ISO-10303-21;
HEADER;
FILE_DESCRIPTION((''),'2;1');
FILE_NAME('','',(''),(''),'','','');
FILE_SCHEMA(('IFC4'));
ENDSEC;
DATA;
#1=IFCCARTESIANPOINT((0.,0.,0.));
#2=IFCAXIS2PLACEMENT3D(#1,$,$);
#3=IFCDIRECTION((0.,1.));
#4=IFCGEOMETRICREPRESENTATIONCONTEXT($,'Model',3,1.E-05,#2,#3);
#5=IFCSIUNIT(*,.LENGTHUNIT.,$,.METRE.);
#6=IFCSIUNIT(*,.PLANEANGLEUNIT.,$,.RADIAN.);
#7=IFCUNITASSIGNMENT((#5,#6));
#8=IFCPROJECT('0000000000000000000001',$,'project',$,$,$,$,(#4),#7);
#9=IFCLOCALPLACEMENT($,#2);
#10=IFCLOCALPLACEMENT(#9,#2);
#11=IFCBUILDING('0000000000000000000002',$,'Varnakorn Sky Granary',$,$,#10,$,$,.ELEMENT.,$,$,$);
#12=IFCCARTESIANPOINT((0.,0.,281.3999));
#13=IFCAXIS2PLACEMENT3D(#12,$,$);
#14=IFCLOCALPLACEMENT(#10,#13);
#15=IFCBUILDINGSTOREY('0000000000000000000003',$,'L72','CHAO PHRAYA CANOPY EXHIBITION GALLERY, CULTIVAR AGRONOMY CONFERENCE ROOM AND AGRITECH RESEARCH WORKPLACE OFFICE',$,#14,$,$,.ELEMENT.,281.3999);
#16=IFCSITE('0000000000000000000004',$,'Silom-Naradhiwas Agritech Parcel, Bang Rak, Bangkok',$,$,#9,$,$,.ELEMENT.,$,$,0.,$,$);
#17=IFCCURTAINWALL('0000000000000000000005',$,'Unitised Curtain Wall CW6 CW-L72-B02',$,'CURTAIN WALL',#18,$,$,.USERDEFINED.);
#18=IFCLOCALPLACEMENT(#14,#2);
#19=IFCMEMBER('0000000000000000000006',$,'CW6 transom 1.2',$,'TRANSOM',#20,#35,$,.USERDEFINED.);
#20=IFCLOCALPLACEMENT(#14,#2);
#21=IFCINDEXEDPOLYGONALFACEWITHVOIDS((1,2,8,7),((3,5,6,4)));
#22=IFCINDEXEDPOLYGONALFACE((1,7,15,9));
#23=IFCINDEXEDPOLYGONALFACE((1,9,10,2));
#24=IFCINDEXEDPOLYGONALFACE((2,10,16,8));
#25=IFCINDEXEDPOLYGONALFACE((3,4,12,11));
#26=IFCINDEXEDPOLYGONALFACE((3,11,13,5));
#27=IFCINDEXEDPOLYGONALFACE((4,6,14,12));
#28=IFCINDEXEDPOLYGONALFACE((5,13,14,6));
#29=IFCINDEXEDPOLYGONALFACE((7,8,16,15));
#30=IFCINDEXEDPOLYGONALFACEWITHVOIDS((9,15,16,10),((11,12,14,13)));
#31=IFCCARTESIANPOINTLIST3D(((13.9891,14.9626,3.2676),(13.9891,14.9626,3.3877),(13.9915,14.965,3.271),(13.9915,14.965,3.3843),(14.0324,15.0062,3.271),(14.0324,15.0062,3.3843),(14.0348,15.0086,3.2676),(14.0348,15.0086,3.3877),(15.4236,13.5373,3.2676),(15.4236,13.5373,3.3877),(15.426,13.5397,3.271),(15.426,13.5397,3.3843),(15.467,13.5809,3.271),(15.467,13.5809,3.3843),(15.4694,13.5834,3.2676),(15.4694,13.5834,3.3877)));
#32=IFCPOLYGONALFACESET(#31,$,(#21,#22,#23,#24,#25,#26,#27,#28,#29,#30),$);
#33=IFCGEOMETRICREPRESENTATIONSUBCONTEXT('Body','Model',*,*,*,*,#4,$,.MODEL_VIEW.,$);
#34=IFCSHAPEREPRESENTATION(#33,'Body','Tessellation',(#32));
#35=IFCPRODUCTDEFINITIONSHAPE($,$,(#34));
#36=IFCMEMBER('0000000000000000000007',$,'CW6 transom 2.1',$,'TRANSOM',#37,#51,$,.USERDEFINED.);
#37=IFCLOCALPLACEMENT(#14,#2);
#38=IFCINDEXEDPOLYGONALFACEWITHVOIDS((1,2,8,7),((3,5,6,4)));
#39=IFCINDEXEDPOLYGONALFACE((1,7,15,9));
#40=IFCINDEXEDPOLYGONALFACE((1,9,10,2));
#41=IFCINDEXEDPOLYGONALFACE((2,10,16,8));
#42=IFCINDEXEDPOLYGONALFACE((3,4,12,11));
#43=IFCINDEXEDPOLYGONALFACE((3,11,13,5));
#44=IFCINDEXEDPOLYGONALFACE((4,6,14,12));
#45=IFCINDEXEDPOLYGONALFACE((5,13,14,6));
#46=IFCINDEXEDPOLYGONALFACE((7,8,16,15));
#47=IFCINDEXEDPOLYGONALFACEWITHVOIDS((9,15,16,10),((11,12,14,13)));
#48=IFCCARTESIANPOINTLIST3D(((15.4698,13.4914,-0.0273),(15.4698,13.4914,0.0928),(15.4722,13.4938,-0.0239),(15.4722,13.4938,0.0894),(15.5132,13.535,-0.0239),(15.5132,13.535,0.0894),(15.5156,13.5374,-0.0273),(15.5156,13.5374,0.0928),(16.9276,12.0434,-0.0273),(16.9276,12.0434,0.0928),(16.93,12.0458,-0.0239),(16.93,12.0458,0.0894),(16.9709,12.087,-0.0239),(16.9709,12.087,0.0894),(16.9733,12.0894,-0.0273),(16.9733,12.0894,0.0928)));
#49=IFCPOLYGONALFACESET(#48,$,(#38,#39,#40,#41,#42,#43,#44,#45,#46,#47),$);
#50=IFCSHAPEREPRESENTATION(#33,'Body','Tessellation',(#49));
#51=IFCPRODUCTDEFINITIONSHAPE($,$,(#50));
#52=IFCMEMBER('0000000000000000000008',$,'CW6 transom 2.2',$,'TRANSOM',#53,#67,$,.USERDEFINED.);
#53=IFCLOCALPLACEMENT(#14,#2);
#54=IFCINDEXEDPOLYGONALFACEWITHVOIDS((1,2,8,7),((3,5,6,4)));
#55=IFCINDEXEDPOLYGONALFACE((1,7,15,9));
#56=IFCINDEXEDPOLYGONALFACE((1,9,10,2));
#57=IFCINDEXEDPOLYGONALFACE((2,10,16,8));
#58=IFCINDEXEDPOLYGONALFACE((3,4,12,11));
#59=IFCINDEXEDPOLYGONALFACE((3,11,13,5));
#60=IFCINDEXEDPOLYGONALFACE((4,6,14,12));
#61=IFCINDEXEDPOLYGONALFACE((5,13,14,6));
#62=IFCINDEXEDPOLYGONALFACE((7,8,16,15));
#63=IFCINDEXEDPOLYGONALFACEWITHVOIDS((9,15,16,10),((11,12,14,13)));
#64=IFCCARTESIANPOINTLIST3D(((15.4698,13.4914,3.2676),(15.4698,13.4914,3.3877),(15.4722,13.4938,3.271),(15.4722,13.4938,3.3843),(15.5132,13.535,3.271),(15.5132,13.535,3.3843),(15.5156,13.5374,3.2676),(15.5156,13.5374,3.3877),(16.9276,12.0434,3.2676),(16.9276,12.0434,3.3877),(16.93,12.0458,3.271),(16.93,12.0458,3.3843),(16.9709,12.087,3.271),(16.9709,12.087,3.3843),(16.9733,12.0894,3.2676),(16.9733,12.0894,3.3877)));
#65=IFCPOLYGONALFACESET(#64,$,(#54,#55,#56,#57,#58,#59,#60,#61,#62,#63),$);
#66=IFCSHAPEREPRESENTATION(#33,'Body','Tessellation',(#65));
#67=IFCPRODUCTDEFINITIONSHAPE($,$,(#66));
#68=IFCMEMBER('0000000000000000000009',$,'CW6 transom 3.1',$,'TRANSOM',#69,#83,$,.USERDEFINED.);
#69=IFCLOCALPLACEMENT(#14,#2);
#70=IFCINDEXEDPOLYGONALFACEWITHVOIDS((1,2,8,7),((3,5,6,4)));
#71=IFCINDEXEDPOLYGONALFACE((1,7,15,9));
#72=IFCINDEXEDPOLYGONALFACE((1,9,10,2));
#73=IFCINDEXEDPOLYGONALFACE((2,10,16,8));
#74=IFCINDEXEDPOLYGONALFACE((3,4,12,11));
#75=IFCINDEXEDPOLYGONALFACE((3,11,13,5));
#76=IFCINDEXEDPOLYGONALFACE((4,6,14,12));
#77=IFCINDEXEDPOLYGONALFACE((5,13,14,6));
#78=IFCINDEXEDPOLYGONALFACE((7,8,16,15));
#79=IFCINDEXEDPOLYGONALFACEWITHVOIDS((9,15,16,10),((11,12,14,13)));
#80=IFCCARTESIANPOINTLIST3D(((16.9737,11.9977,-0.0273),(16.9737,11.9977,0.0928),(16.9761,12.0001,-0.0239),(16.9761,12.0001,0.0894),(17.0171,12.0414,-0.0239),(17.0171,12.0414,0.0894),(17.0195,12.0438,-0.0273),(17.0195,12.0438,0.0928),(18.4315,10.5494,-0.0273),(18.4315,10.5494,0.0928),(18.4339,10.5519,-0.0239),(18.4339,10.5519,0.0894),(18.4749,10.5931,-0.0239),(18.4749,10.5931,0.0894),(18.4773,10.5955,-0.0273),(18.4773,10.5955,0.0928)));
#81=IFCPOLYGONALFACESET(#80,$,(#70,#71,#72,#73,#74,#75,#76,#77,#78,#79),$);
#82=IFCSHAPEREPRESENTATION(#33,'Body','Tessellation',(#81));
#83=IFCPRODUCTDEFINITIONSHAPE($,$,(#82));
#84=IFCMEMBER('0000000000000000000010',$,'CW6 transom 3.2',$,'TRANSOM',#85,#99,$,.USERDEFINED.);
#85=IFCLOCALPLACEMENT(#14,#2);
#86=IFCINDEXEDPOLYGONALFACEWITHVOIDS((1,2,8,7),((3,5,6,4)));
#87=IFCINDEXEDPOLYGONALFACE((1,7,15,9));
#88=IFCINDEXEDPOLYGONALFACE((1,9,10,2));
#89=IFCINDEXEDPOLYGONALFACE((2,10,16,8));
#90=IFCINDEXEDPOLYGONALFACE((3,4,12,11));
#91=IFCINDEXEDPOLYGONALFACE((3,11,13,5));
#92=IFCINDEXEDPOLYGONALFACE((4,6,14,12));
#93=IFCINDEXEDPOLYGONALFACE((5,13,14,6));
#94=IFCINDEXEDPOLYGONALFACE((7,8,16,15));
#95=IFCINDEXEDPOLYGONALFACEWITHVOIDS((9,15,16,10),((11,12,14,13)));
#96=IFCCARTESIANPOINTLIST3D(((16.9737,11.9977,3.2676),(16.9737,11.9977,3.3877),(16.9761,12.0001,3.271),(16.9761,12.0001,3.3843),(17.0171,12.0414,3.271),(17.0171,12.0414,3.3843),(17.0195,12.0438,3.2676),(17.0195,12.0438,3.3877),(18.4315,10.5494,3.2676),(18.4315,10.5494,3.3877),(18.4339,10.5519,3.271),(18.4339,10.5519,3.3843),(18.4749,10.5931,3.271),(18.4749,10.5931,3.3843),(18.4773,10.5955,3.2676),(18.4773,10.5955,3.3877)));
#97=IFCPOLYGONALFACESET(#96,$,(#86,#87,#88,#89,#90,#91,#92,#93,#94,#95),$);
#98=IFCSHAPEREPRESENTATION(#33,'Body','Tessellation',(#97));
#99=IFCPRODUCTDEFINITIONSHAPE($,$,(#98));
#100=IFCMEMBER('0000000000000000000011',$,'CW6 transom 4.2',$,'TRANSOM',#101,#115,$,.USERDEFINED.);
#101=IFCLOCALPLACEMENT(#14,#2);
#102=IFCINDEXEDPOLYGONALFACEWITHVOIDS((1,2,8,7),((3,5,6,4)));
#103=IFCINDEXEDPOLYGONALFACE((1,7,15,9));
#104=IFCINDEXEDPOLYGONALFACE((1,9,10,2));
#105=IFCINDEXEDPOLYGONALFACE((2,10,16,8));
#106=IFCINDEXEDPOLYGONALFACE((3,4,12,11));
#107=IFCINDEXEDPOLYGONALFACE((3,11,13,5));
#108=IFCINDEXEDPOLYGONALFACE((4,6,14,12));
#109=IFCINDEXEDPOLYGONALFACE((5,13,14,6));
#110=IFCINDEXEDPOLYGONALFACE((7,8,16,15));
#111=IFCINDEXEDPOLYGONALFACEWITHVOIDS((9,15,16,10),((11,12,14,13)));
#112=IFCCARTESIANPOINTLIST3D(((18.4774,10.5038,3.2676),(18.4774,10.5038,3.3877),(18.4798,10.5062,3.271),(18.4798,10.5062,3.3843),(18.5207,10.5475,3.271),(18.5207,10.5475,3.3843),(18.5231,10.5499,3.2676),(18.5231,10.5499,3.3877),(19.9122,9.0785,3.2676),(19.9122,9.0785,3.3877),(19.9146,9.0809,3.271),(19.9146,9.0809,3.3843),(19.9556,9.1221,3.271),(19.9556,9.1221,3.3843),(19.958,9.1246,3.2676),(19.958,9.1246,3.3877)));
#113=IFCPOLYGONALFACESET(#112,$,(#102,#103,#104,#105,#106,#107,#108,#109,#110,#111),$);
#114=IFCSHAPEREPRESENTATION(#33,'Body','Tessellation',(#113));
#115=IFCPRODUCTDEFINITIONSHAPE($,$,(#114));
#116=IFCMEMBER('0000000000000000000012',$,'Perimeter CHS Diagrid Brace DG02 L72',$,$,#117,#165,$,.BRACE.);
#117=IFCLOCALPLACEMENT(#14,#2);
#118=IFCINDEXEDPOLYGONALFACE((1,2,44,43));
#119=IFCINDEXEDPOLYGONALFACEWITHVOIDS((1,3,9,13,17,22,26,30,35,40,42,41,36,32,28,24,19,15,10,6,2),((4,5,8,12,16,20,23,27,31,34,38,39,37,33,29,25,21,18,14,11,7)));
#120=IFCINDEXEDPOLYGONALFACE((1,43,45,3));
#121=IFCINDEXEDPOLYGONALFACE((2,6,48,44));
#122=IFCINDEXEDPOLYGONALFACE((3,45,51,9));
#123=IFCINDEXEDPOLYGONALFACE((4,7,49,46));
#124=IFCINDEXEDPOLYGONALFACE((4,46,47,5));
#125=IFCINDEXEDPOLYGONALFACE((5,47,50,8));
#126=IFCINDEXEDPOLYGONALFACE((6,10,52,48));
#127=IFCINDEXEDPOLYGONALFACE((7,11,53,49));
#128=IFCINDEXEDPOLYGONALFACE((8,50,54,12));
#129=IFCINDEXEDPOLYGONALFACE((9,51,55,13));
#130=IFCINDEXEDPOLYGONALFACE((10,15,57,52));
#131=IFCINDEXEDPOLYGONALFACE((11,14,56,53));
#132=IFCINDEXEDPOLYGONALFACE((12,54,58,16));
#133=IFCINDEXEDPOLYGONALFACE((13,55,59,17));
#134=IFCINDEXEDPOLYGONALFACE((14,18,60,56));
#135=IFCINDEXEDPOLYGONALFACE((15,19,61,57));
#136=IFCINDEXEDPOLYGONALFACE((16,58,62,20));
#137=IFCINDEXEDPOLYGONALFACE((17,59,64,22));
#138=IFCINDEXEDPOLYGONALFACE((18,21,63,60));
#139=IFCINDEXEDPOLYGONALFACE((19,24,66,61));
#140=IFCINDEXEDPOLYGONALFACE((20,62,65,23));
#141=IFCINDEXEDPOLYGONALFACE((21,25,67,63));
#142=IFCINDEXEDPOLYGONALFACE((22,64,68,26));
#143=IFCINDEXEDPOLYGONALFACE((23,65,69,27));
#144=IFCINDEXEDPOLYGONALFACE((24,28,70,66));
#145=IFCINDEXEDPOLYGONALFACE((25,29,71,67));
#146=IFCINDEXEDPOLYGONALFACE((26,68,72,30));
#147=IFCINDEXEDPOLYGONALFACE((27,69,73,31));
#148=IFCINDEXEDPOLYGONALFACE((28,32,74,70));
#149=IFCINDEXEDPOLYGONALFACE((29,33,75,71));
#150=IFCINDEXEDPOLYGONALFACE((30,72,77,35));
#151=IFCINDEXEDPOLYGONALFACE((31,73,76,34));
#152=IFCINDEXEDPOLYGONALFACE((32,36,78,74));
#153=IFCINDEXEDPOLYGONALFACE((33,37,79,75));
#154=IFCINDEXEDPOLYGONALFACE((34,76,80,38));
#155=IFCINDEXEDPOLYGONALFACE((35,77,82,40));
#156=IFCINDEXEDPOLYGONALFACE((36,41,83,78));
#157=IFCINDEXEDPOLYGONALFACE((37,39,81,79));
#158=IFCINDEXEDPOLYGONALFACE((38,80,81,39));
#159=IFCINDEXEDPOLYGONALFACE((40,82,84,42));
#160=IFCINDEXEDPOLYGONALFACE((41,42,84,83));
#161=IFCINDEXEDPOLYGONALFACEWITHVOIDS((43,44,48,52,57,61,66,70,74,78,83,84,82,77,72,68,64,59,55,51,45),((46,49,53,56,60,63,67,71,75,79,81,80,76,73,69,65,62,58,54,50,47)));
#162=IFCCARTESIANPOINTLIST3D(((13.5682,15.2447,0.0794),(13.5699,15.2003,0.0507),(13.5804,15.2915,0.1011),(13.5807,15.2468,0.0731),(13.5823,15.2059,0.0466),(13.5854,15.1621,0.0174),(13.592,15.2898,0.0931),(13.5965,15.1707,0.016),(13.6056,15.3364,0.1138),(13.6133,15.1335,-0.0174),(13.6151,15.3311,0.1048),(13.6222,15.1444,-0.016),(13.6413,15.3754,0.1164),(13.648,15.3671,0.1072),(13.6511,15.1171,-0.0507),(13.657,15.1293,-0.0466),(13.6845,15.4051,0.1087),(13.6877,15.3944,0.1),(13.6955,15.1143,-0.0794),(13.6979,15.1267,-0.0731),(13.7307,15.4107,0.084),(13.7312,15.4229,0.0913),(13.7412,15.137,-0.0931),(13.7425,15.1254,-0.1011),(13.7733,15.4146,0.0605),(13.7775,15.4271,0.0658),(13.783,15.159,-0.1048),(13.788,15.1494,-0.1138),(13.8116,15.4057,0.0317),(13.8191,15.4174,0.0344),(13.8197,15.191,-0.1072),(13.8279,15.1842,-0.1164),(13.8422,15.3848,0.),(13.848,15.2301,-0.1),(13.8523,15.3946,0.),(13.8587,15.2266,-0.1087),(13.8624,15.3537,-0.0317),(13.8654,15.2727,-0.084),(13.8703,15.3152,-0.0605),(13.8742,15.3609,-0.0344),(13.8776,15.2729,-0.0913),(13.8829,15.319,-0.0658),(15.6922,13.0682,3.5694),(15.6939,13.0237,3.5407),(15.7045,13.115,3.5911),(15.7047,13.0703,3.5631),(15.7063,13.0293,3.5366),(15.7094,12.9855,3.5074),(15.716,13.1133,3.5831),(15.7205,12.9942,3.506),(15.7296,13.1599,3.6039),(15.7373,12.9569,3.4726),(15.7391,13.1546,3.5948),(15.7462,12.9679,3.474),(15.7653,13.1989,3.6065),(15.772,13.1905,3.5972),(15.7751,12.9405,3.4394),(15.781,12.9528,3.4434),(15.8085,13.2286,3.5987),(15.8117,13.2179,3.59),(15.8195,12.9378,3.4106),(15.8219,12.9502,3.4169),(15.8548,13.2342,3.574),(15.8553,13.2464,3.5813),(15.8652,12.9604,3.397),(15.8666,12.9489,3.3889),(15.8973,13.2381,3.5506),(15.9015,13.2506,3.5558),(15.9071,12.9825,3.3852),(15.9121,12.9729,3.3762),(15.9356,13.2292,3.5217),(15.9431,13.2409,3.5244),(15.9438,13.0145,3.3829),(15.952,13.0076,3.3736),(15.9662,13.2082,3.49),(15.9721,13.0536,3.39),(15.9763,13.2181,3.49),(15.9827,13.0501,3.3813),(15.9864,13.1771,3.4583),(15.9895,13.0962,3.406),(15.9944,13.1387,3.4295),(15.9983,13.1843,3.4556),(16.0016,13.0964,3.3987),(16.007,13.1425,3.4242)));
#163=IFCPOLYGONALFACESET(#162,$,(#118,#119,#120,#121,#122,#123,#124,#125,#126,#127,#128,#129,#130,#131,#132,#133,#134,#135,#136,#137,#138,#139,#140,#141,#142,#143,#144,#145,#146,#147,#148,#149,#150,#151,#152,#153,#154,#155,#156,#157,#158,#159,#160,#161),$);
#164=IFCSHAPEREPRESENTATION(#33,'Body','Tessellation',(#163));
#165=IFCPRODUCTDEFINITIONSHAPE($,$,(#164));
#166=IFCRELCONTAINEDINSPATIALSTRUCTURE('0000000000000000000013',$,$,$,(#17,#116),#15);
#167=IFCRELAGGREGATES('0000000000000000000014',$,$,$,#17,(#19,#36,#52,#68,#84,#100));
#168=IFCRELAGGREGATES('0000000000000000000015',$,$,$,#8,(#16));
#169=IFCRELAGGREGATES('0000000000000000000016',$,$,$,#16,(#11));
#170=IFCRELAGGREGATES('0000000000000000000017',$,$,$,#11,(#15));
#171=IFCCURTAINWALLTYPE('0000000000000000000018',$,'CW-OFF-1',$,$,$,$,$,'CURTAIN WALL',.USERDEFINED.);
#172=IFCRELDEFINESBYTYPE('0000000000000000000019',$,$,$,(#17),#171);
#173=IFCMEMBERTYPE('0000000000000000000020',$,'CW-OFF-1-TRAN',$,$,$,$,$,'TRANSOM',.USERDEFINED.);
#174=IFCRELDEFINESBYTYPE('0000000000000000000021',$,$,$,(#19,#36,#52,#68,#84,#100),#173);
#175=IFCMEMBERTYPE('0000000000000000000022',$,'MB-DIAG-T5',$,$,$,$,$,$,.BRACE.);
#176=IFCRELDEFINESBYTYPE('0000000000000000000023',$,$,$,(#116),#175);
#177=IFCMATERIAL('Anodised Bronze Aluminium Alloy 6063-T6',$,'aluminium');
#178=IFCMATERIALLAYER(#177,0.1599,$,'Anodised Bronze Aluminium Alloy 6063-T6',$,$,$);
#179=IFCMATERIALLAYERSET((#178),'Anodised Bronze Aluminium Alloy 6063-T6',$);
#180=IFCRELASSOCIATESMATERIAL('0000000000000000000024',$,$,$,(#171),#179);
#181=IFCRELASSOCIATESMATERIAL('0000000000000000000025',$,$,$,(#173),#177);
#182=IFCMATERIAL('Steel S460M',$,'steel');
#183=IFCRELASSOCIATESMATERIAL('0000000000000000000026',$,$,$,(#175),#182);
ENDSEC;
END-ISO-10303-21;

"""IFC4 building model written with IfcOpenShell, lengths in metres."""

from ifc_helpers import new_model, si_unit, direction, frame, origin, origin_2d, place, context, subcontext, project, spatial, hollow_rectangle, hollow_circle, extrude, material, layer, layer_set, material_profile, profile_set, type_object, element, aggregate, save


model = new_model("IFC4")

# Units and contexts
model_context = context("Model", 3, precision=1e-05, world=origin(), true_north=direction((0.0, 1.0)))
body_context = subcontext(model_context, "Body", "Model", "MODEL_VIEW")
ifc_project = project(units=[si_unit("LENGTHUNIT", "METRE"), si_unit("PLANEANGLEUNIT", "RADIAN")], contexts=[model_context])

# Site, building, storey
site_placement = place(None, origin())
site = spatial("IfcSite", under=ifc_project, at=site_placement, Name="Silom-Naradhiwas Agritech Parcel, Bang Rak, Bangkok", CompositionType="ELEMENT", RefElevation=0.0)
building_placement = place(site_placement, origin())
building = spatial("IfcBuilding", under=site, at=building_placement, Name="Varnakorn Sky Granary", CompositionType="ELEMENT")
storey_placement = place(building_placement, frame((0.0, 0.0, 281.3999)))
storey = spatial("IfcBuildingStorey", under=building, at=storey_placement, Name="L72", Description="CHAO PHRAYA CANOPY EXHIBITION GALLERY, CULTIVAR AGRONOMY CONFERENCE ROOM AND AGRITECH RESEARCH WORKPLACE OFFICE", CompositionType="ELEMENT", Elevation=281.3999)

# Shared definitions
ifc_material_1 = material(Name="Steel S460M", Category="steel")

# Curtain wall, members
ifc_material_2 = material(Name="Anodised Bronze Aluminium Alloy 6063-T6", Category="aluminium")
ifc_layer_1 = layer(ifc_material_2, 0.1599, Name="Anodised Bronze Aluminium Alloy 6063-T6")
ifc_layer_set_1 = layer_set([ifc_layer_1], Name="Anodised Bronze Aluminium Alloy 6063-T6")
curtain_wall_type = type_object("IfcCurtainWallType", Name="CW-OFF-1", ElementType="CURTAIN WALL", PredefinedType="USERDEFINED", material=ifc_layer_set_1)
curtain_wall_placement = place(storey_placement, origin())
curtain_wall = element("IfcCurtainWall", 1, at=curtain_wall_placement, inside=storey, type_object=curtain_wall_type, Name="Unitised Curtain Wall CW6 CW-L72-B02", ObjectType="CURTAIN WALL", PredefinedType="USERDEFINED")
ifc_material_profile_1 = material_profile(ifc_material_2, hollow_rectangle(XDim=0.0649, YDim=0.1201, WallThickness=0.0034, at=origin_2d()), Name="ALU TRAN 65x120")
ifc_profile_set_1 = profile_set([ifc_material_profile_1], Name="Anodised Bronze Aluminium Alloy 6063-T6")
member_type_1 = type_object("IfcMemberType", Name="CW-OFF-1-TRAN", ElementType="TRANSOM", PredefinedType="USERDEFINED", material=ifc_profile_set_1)
member_1_placement = place(storey_placement, frame((14.012, 14.9856, 3.3276), z_axis=(0.709397, -0.704809, 0.0), x_axis=(0.704809, 0.709397, 0.0)))
member_1 = element("IfcMember", 2, at=member_1_placement, type_object=member_type_1, Name="CW6 transom 1.2", ObjectType="TRANSOM", PredefinedType="USERDEFINED", context=body_context, shape_type="SweptSolid", body=[
    extrude(hollow_rectangle(XDim=0.0649, YDim=0.1201, WallThickness=0.0034, at=origin_2d()), origin(), (0.0, 0.0, 1.0), 2.0222),
])
member_2_placement = place(storey_placement, frame((15.4927, 13.5144, 0.0327), z_axis=(0.709479, -0.704726, 0.0), x_axis=(0.704726, 0.709479, 0.0)))
member_2 = element("IfcMember", 3, at=member_2_placement, type_object=member_type_1, Name="CW6 transom 2.1", ObjectType="TRANSOM", PredefinedType="USERDEFINED", context=body_context, shape_type="SweptSolid", body=[
    extrude(hollow_rectangle(XDim=0.0649, YDim=0.1201, WallThickness=0.0034, at=origin_2d()), origin(), (0.0, 0.0, 1.0), 2.0547),
])
member_3_placement = place(storey_placement, frame((15.4927, 13.5144, 3.3276), z_axis=(0.709479, -0.704726, 0.0), x_axis=(0.704726, 0.709479, 0.0)))
member_3 = element("IfcMember", 4, at=member_3_placement, type_object=member_type_1, Name="CW6 transom 2.2", ObjectType="TRANSOM", PredefinedType="USERDEFINED", context=body_context, shape_type="SweptSolid", body=[
    extrude(hollow_rectangle(XDim=0.0649, YDim=0.1201, WallThickness=0.0034, at=origin_2d()), origin(), (0.0, 0.0, 1.0), 2.0547),
])
member_4_placement = place(storey_placement, frame((16.9966, 12.0208, 0.0327), z_axis=(0.70942, -0.704786, 0.0), x_axis=(0.704786, 0.70942, 0.0)))
member_4 = element("IfcMember", 5, at=member_4_placement, type_object=member_type_1, Name="CW6 transom 3.1", ObjectType="TRANSOM", PredefinedType="USERDEFINED", context=body_context, shape_type="SweptSolid", body=[
    extrude(hollow_rectangle(XDim=0.0649, YDim=0.1201, WallThickness=0.0034, at=origin_2d()), origin(), (0.0, 0.0, 1.0), 2.0549),
])
member_5_placement = place(storey_placement, frame((16.9966, 12.0208, 3.3276), z_axis=(0.70942, -0.704786, 0.0), x_axis=(0.704786, 0.70942, 0.0)))
member_5 = element("IfcMember", 6, at=member_5_placement, type_object=member_type_1, Name="CW6 transom 3.2", ObjectType="TRANSOM", PredefinedType="USERDEFINED", context=body_context, shape_type="SweptSolid", body=[
    extrude(hollow_rectangle(XDim=0.0649, YDim=0.1201, WallThickness=0.0034, at=origin_2d()), origin(), (0.0, 0.0, 1.0), 2.0549),
])
member_6_placement = place(storey_placement, frame((18.5002, 10.5269, 3.3276), z_axis=(0.709457, -0.704749, 0.0), x_axis=(0.704749, 0.709457, 0.0)))
member_6 = element("IfcMember", 7, at=member_6_placement, type_object=member_type_1, Name="CW6 transom 4.2", ObjectType="TRANSOM", PredefinedType="USERDEFINED", context=body_context, shape_type="SweptSolid", body=[
    extrude(hollow_rectangle(XDim=0.0649, YDim=0.1201, WallThickness=0.0034, at=origin_2d()), origin(), (0.0, 0.0, 1.0), 2.0225),
])

# Member
ifc_material_profile_2 = material_profile(ifc_material_1, hollow_circle(Radius=0.1777, WallThickness=0.0142, at=origin_2d()), Name="CHS 355.6x14")
ifc_profile_set_2 = profile_set([ifc_material_profile_2], Name="Steel S460M")
member_type_2 = type_object("IfcMemberType", Name="MB-DIAG-T5", PredefinedType="BRACE", material=ifc_profile_set_2)
member_7_placement = place(storey_placement, frame((13.7251, 15.2705, 0.0), z_axis=(0.45884, -0.470179, 0.753921), x_axis=(0.715684, 0.698424, 0.0)))
element("IfcMember", 8, at=member_7_placement, inside=storey, type_object=member_type_2, Name="Perimeter CHS Diagrid Brace DG02 L72", PredefinedType="BRACE", context=body_context, shape_type="SweptSolid", body=[
    extrude(hollow_circle(Radius=0.1777, WallThickness=0.0142, at=origin_2d()), origin(), (0.0, 0.0, 1.0), 4.6292),
])

aggregate(curtain_wall, [member_1, member_2, member_3, member_4, member_5, member_6])

save(model, "model.ifc")
